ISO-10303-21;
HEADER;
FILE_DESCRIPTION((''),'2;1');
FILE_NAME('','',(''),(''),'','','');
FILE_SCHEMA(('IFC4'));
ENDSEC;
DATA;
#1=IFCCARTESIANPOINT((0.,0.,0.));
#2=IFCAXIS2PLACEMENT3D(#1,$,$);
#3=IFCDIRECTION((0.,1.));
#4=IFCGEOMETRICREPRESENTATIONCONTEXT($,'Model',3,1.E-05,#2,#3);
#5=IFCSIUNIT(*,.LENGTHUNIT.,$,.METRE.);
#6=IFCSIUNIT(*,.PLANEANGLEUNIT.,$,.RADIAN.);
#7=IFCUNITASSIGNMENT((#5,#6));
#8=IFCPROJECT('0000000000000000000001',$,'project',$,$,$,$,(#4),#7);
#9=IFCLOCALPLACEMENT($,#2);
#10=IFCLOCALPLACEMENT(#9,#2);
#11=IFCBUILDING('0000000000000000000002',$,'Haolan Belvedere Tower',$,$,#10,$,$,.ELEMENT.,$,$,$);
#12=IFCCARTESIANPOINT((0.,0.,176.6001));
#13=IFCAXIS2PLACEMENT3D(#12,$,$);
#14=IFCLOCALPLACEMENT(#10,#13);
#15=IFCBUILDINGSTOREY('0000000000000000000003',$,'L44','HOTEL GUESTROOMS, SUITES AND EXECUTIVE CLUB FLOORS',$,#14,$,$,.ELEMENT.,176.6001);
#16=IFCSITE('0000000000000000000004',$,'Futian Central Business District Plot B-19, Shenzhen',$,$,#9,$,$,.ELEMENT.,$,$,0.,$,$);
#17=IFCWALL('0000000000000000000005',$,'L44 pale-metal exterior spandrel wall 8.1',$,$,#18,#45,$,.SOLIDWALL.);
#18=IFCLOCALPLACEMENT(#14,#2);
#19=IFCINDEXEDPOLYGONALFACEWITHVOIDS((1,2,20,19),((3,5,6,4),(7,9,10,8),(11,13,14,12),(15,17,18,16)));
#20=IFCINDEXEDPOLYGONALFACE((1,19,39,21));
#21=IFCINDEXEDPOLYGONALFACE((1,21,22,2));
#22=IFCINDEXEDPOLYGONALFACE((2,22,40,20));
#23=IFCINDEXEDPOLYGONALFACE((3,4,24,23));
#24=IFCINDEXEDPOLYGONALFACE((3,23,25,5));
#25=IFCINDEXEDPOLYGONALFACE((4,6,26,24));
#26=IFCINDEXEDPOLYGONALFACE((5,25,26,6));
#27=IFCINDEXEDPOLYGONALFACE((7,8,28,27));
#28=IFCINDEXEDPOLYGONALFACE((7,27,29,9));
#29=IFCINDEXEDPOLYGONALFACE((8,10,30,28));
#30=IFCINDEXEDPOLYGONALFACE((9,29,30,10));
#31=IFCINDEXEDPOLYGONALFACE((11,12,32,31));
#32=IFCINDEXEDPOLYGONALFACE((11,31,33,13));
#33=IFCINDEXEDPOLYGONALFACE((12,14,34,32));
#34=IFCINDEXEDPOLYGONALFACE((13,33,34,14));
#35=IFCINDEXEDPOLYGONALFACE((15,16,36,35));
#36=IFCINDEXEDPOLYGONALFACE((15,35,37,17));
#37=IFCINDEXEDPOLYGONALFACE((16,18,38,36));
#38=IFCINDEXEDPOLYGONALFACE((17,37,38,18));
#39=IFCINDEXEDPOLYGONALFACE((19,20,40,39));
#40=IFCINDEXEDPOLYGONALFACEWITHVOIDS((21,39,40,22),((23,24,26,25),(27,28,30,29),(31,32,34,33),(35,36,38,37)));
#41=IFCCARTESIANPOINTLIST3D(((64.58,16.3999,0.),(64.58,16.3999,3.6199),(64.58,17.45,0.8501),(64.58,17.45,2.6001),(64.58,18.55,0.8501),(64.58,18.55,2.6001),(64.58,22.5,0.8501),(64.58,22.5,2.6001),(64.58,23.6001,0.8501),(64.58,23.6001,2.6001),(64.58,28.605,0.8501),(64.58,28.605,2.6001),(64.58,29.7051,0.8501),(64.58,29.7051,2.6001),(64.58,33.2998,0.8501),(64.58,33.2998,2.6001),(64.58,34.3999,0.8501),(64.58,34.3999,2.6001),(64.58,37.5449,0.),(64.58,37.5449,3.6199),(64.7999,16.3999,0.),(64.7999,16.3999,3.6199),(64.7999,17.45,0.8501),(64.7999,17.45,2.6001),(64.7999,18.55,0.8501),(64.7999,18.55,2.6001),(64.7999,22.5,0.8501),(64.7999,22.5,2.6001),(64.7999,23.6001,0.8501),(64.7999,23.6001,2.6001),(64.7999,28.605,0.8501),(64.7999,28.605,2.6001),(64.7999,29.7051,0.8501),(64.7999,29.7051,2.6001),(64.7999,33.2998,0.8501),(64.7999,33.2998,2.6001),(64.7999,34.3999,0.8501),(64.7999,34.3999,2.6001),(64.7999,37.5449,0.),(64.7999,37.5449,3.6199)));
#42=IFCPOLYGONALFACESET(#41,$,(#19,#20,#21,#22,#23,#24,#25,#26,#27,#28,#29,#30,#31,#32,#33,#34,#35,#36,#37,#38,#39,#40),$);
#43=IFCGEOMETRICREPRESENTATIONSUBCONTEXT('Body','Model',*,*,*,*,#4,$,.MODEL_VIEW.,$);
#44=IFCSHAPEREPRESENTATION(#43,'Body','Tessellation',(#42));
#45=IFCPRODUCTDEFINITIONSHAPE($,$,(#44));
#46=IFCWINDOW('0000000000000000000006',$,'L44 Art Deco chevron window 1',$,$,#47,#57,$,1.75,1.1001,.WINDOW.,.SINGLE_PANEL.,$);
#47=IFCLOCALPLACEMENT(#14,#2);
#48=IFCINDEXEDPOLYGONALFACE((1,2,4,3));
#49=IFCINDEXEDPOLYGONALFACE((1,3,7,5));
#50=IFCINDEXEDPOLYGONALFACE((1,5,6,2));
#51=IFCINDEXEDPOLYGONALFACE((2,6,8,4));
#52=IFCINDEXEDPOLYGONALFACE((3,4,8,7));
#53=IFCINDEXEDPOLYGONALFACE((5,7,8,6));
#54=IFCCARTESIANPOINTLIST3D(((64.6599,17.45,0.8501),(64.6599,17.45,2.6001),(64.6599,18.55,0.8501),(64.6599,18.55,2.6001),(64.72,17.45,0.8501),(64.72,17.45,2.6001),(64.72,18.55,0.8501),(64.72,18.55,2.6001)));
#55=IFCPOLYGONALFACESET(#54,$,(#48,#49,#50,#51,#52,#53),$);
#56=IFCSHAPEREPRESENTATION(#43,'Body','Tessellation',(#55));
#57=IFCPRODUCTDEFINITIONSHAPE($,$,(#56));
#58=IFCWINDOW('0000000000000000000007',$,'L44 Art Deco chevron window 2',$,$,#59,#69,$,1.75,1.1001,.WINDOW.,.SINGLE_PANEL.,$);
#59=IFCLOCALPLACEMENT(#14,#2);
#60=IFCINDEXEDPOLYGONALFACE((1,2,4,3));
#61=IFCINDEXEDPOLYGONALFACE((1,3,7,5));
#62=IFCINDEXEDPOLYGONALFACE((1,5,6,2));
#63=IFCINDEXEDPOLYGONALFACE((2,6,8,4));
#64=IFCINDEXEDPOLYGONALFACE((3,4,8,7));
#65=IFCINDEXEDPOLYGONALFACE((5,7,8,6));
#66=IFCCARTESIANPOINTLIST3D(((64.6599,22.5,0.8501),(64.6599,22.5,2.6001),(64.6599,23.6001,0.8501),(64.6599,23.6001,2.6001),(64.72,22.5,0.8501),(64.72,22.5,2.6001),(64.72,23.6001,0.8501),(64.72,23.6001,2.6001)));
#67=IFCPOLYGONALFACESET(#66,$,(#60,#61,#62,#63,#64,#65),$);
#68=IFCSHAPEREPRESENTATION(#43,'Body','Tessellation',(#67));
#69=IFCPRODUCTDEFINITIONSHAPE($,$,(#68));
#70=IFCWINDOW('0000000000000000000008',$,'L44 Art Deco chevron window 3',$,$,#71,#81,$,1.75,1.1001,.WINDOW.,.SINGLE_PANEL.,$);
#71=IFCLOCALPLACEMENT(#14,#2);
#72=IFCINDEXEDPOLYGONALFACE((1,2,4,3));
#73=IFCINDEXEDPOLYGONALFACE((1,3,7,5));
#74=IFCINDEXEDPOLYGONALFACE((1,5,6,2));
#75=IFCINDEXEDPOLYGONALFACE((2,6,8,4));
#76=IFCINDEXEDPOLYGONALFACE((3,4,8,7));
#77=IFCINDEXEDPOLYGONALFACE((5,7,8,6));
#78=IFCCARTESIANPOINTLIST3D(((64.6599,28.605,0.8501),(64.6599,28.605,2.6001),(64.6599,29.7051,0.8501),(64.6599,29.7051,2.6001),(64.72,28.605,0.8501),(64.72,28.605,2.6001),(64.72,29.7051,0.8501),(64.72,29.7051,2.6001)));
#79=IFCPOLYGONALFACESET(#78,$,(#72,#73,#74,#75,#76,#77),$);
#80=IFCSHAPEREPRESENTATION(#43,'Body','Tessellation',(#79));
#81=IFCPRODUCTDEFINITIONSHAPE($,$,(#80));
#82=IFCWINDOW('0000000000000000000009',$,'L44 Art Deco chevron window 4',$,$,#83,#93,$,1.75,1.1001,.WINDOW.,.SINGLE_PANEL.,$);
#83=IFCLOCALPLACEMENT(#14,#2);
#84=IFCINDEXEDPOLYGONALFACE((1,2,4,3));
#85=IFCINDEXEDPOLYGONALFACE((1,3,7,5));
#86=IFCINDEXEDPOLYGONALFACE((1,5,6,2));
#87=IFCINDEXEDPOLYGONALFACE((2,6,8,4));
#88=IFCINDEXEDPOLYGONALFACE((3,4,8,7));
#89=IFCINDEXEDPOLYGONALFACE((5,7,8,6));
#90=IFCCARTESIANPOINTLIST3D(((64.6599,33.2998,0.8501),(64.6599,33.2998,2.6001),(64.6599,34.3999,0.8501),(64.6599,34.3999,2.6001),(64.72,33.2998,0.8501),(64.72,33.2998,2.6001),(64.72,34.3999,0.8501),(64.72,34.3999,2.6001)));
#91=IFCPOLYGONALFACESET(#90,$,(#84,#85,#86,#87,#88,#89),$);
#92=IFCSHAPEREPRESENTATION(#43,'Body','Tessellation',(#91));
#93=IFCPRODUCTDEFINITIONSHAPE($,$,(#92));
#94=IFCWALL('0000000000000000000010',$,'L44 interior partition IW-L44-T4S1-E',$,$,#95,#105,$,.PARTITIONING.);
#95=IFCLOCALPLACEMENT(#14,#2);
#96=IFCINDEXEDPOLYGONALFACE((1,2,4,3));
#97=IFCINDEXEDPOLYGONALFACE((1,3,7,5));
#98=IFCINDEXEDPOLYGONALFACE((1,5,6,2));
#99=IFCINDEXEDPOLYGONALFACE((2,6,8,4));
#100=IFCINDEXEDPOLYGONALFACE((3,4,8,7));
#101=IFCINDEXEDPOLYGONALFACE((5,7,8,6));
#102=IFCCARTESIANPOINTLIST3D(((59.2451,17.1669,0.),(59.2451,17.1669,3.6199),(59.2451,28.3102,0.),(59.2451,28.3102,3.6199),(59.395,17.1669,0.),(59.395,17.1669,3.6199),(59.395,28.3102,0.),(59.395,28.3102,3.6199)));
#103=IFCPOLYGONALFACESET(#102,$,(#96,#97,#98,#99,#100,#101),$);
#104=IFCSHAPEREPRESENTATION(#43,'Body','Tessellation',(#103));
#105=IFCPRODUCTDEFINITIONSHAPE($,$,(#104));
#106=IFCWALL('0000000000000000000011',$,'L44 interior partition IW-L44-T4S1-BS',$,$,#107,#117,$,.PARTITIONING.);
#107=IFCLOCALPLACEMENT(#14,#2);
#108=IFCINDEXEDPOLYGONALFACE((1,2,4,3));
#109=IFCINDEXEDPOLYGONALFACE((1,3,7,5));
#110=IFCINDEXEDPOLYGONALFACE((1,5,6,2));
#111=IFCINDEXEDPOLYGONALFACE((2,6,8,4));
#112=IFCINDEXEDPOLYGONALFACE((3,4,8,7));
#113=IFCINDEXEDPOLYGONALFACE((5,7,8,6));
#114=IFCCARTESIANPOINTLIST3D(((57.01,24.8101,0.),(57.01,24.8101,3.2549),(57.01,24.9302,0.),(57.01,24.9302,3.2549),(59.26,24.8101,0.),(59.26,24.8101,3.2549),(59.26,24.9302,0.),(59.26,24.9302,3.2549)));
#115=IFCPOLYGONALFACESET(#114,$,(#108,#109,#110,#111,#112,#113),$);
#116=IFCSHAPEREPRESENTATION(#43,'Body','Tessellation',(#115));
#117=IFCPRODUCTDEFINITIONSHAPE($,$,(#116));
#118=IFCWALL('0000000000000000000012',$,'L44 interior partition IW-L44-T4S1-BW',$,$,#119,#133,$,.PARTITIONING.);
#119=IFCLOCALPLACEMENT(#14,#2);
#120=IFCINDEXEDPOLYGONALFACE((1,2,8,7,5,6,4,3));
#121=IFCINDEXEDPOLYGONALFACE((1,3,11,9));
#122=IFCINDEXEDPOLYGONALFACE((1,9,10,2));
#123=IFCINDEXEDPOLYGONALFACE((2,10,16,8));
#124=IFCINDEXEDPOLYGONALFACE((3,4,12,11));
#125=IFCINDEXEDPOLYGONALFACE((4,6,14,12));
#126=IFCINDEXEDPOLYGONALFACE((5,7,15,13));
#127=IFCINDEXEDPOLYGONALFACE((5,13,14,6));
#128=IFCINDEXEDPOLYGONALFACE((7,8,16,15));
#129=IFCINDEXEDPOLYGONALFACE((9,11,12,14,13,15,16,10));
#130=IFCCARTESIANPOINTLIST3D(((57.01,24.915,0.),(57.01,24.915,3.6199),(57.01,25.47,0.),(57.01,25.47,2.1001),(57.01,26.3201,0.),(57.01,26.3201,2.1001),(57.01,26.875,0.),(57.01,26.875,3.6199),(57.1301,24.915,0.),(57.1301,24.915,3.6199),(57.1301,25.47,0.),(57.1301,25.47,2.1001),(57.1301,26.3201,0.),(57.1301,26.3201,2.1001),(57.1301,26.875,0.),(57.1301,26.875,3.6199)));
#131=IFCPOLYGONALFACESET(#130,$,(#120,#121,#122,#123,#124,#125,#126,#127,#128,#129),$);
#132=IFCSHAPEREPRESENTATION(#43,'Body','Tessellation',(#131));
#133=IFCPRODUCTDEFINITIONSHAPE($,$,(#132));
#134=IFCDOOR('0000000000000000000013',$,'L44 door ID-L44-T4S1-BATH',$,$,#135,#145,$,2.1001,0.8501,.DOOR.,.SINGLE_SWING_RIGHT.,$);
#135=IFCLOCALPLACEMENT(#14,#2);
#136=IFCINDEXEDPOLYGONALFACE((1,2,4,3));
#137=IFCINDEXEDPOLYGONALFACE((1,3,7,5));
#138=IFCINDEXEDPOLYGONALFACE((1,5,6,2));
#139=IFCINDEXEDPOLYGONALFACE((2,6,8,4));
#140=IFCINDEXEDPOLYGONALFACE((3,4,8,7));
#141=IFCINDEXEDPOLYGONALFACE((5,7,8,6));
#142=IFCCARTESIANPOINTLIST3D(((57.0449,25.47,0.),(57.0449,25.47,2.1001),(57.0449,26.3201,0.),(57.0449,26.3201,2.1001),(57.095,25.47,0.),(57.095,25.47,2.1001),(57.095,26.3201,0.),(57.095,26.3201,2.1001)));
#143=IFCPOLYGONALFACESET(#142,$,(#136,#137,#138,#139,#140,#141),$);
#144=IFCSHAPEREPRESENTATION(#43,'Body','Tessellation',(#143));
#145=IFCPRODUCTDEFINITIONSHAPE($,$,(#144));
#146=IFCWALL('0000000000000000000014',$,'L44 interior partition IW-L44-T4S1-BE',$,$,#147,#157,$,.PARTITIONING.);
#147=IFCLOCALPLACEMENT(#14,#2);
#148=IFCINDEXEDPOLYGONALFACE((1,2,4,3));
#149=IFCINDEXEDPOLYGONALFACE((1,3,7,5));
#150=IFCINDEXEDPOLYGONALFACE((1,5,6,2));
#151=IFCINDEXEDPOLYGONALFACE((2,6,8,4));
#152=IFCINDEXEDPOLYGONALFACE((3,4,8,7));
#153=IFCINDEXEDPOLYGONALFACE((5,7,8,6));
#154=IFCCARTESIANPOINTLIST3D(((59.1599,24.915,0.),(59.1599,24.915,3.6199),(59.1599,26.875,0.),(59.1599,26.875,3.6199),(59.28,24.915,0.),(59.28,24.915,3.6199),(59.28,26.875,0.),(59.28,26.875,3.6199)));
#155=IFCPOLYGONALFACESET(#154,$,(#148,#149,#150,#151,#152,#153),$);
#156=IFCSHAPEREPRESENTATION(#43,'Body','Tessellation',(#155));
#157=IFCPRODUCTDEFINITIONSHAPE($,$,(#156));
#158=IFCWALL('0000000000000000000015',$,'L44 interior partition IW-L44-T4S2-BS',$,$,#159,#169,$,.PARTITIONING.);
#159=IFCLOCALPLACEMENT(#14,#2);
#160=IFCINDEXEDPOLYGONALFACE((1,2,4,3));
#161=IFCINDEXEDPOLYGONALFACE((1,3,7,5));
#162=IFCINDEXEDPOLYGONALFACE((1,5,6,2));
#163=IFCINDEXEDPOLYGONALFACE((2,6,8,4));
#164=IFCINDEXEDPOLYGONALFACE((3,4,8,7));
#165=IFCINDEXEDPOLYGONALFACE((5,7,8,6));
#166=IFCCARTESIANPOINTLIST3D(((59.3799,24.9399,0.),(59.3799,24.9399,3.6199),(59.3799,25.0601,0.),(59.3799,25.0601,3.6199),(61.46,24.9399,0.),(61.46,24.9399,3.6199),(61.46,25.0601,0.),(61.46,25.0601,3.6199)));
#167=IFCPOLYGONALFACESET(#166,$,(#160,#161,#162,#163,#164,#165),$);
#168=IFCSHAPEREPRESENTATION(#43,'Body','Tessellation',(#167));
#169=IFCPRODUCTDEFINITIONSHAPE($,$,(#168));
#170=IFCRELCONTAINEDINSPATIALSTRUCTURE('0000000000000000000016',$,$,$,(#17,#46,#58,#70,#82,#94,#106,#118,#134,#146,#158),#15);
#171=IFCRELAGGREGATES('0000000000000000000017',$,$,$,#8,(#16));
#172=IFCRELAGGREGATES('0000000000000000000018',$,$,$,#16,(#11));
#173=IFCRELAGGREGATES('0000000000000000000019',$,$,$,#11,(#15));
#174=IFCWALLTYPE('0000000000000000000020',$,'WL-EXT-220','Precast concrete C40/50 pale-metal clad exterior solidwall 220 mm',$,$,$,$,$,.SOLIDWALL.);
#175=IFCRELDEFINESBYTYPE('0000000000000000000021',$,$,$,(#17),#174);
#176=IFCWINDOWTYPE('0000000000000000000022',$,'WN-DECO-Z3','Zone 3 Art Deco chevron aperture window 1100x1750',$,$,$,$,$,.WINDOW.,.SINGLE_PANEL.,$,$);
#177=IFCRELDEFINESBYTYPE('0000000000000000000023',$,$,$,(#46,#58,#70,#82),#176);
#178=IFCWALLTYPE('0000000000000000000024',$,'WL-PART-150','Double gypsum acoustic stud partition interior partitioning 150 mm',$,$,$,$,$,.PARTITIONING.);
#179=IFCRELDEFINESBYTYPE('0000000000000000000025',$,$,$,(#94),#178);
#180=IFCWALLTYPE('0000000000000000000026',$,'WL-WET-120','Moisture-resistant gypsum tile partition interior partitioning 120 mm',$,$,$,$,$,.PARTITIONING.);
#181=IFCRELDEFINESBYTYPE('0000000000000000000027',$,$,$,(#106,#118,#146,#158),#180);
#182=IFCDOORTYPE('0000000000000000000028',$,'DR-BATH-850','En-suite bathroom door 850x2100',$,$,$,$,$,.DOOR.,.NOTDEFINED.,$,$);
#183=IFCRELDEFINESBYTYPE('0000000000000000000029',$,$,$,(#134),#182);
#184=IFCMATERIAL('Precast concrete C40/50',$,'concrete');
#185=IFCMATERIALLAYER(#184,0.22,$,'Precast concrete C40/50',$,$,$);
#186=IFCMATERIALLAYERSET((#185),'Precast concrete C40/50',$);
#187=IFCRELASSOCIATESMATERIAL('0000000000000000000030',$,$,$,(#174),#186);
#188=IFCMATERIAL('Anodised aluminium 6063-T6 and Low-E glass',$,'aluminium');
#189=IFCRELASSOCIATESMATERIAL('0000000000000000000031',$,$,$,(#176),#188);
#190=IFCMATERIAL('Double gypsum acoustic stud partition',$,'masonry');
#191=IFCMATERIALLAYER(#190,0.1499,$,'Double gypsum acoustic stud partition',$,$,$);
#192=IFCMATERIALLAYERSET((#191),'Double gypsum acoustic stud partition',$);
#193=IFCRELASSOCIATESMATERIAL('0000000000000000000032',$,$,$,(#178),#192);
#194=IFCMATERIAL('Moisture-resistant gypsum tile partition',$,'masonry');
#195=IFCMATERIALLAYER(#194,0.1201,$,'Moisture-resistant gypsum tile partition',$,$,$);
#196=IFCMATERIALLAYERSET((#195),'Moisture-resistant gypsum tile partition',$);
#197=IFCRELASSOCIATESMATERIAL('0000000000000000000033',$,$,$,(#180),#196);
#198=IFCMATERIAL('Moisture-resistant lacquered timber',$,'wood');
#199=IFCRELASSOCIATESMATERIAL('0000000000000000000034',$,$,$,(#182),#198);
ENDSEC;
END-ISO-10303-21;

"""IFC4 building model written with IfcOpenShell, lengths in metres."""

from ifc_helpers import new_model, si_unit, direction, frame, frame_2d, origin, place, context, subcontext, project, spatial, rectangle, extrude, material, layer, layer_set, type_object, element, fill, save


model = new_model("IFC4")

# Units and contexts
model_context = context("Model", 3, precision=1e-05, world=origin(), true_north=direction((0.0, 1.0)))
body_context = subcontext(model_context, "Body", "Model", "MODEL_VIEW")
ifc_project = project(units=[si_unit("LENGTHUNIT", "METRE"), si_unit("PLANEANGLEUNIT", "RADIAN")], contexts=[model_context])

# Site, building, storey
site_placement = place(None, origin())
site = spatial("IfcSite", under=ifc_project, at=site_placement, Name="Futian Central Business District Plot B-19, Shenzhen", CompositionType="ELEMENT", RefElevation=0.0)
building_placement = place(site_placement, origin())
building = spatial("IfcBuilding", under=site, at=building_placement, Name="Haolan Belvedere Tower", CompositionType="ELEMENT")
storey_placement = place(building_placement, frame((0.0, 0.0, 176.6001)))
storey = spatial("IfcBuildingStorey", under=building, at=storey_placement, Name="L44", Description="HOTEL GUESTROOMS, SUITES AND EXECUTIVE CLUB FLOORS", CompositionType="ELEMENT", Elevation=176.6001)

# Shared definitions
ifc_material_1 = material(Name="Precast concrete C40/50", Category="concrete")
ifc_layer_1 = layer(ifc_material_1, 0.22, Name="Precast concrete C40/50")
ifc_layer_set_1 = layer_set([ifc_layer_1], Name="Precast concrete C40/50")
wall_type_1 = type_object("IfcWallType", Name="WL-EXT-220", Description="Precast concrete C40/50 pale-metal clad exterior solidwall 220 mm", PredefinedType="SOLIDWALL", material=ifc_layer_set_1)
ifc_material_2 = material(Name="Anodised aluminium 6063-T6 and Low-E glass", Category="aluminium")
window_type = type_object("IfcWindowType", Name="WN-DECO-Z3", Description="Zone 3 Art Deco chevron aperture window 1100x1750", PartitioningType="SINGLE_PANEL", PredefinedType="WINDOW", material=ifc_material_2)

# Wall, openings, windows
wall_1_placement = place(storey_placement, frame((64.6899, 16.3999, 0.0), z_axis=(0.0, 0.0, 1.0), x_axis=(0.0, 1.0, 0.0)))
wall_1 = element("IfcWall", 1, at=wall_1_placement, inside=storey, type_object=wall_type_1, Name="L44 pale-metal exterior spandrel wall 8.1", PredefinedType="SOLIDWALL", context=body_context, shape_type="SweptSolid", body=[
    extrude(rectangle(XDim=21.145, YDim=0.22, at=frame_2d((10.5725, 0.0))), origin(), (0.0, 0.0, 1.0), 3.6199),
])
opening_1_placement = place(wall_1_placement, frame((1.05, 0.0, 0.8501)))
opening_1 = element("IfcOpeningElement", 2, at=opening_1_placement, cuts=wall_1, PredefinedType="OPENING", context=body_context, shape_type="SweptSolid", body=[
    extrude(rectangle(XDim=1.1001, YDim=1.75, at=frame_2d((0.55, 0.875))), frame((0.0, 0.1199, 0.0), z_axis=(0.0, -1.0, 0.0), x_axis=(1.0, 0.0, 0.0)), (0.0, 0.0, 1.0), 0.24),
])
opening_2_placement = place(wall_1_placement, frame((6.1001, 0.0, 0.8501)))
opening_2 = element("IfcOpeningElement", 3, at=opening_2_placement, cuts=wall_1, PredefinedType="OPENING", context=body_context, shape_type="SweptSolid", body=[
    extrude(rectangle(XDim=1.1001, YDim=1.75, at=frame_2d((0.55, 0.875))), frame((0.0, 0.1199, 0.0), z_axis=(0.0, -1.0, 0.0), x_axis=(1.0, 0.0, 0.0)), (0.0, 0.0, 1.0), 0.24),
])
opening_3_placement = place(wall_1_placement, frame((12.2051, 0.0, 0.8501)))
opening_3 = element("IfcOpeningElement", 4, at=opening_3_placement, cuts=wall_1, PredefinedType="OPENING", context=body_context, shape_type="SweptSolid", body=[
    extrude(rectangle(XDim=1.1001, YDim=1.75, at=frame_2d((0.55, 0.875))), frame((0.0, 0.1199, 0.0), z_axis=(0.0, -1.0, 0.0), x_axis=(1.0, 0.0, 0.0)), (0.0, 0.0, 1.0), 0.24),
])
opening_4_placement = place(wall_1_placement, frame((16.8999, 0.0, 0.8501)))
opening_4 = element("IfcOpeningElement", 5, at=opening_4_placement, cuts=wall_1, PredefinedType="OPENING", context=body_context, shape_type="SweptSolid", body=[
    extrude(rectangle(XDim=1.1001, YDim=1.75, at=frame_2d((0.55, 0.875))), frame((0.0, 0.1199, 0.0), z_axis=(0.0, -1.0, 0.0), x_axis=(1.0, 0.0, 0.0)), (0.0, 0.0, 1.0), 0.24),
])
window_1_placement = place(opening_1_placement, origin())
window_1 = element("IfcWindow", 6, at=window_1_placement, inside=storey, type_object=window_type, Name="L44 Art Deco chevron window 1", OverallHeight=1.75, OverallWidth=1.1001, PartitioningType="SINGLE_PANEL", PredefinedType="WINDOW", context=body_context, shape_type="SweptSolid", body=[
    extrude(rectangle(XDim=1.1001, YDim=1.75, at=frame_2d((0.55, 0.875))), frame((0.0, 0.03, 0.0), z_axis=(0.0, -1.0, 0.0), x_axis=(1.0, 0.0, 0.0)), (0.0, 0.0, 1.0), 0.0601),
])
fill(opening_1, window_1)
window_2_placement = place(opening_2_placement, origin())
window_2 = element("IfcWindow", 7, at=window_2_placement, inside=storey, type_object=window_type, Name="L44 Art Deco chevron window 2", OverallHeight=1.75, OverallWidth=1.1001, PartitioningType="SINGLE_PANEL", PredefinedType="WINDOW", context=body_context, shape_type="SweptSolid", body=[
    extrude(rectangle(XDim=1.1001, YDim=1.75, at=frame_2d((0.55, 0.875))), frame((0.0, 0.03, 0.0), z_axis=(0.0, -1.0, 0.0), x_axis=(1.0, 0.0, 0.0)), (0.0, 0.0, 1.0), 0.0601),
])
fill(opening_2, window_2)
window_3_placement = place(opening_3_placement, origin())
window_3 = element("IfcWindow", 8, at=window_3_placement, inside=storey, type_object=window_type, Name="L44 Art Deco chevron window 3", OverallHeight=1.75, OverallWidth=1.1001, PartitioningType="SINGLE_PANEL", PredefinedType="WINDOW", context=body_context, shape_type="SweptSolid", body=[
    extrude(rectangle(XDim=1.1001, YDim=1.75, at=frame_2d((0.55, 0.875))), frame((0.0, 0.03, 0.0), z_axis=(0.0, -1.0, 0.0), x_axis=(1.0, 0.0, 0.0)), (0.0, 0.0, 1.0), 0.0601),
])
fill(opening_3, window_3)
window_4_placement = place(opening_4_placement, origin())
window_4 = element("IfcWindow", 9, at=window_4_placement, inside=storey, type_object=window_type, Name="L44 Art Deco chevron window 4", OverallHeight=1.75, OverallWidth=1.1001, PartitioningType="SINGLE_PANEL", PredefinedType="WINDOW", context=body_context, shape_type="SweptSolid", body=[
    extrude(rectangle(XDim=1.1001, YDim=1.75, at=frame_2d((0.55, 0.875))), frame((0.0, 0.03, 0.0), z_axis=(0.0, -1.0, 0.0), x_axis=(1.0, 0.0, 0.0)), (0.0, 0.0, 1.0), 0.0601),
])
fill(opening_4, window_4)

# Walls
ifc_material_3 = material(Name="Double gypsum acoustic stud partition", Category="masonry")
ifc_layer_2 = layer(ifc_material_3, 0.1499, Name="Double gypsum acoustic stud partition")
ifc_layer_set_2 = layer_set([ifc_layer_2], Name="Double gypsum acoustic stud partition")
wall_type_2 = type_object("IfcWallType", Name="WL-PART-150", Description="Double gypsum acoustic stud partition interior partitioning 150 mm", PredefinedType="PARTITIONING", material=ifc_layer_set_2)
wall_2_placement = place(storey_placement, frame((59.3201, 17.1667, 0.0), z_axis=(0.0, 0.0, 1.0), x_axis=(0.0, 1.0, 0.0)))
element("IfcWall", 10, at=wall_2_placement, inside=storey, type_object=wall_type_2, Name="L44 interior partition IW-L44-T4S1-E", PredefinedType="PARTITIONING", context=body_context, shape_type="SweptSolid", body=[
    extrude(rectangle(XDim=11.1433, YDim=0.1499, at=frame_2d((5.5718, 0.0))), origin(), (0.0, 0.0, 1.0), 3.6199),
])
ifc_material_4 = material(Name="Moisture-resistant gypsum tile partition", Category="masonry")
ifc_layer_3 = layer(ifc_material_4, 0.1201, Name="Moisture-resistant gypsum tile partition")
ifc_layer_set_3 = layer_set([ifc_layer_3], Name="Moisture-resistant gypsum tile partition")
wall_type_3 = type_object("IfcWallType", Name="WL-WET-120", Description="Moisture-resistant gypsum tile partition interior partitioning 120 mm", PredefinedType="PARTITIONING", material=ifc_layer_set_3)
wall_3_placement = place(storey_placement, frame((57.01, 24.8701, 0.0), z_axis=(0.0, 0.0, 1.0), x_axis=(1.0, 0.0, 0.0)))
element("IfcWall", 11, at=wall_3_placement, inside=storey, type_object=wall_type_3, Name="L44 interior partition IW-L44-T4S1-BS", PredefinedType="PARTITIONING", context=body_context, shape_type="SweptSolid", body=[
    extrude(rectangle(XDim=2.25, YDim=0.1201, at=frame_2d((1.125, 0.0))), origin(), (0.0, 0.0, 1.0), 3.2549),
])

# Wall, opening, door
wall_4_placement = place(storey_placement, frame((57.0701, 24.915, 0.0), z_axis=(0.0, 0.0, 1.0), x_axis=(0.0, 1.0, 0.0)))
wall_4 = element("IfcWall", 12, at=wall_4_placement, inside=storey, type_object=wall_type_3, Name="L44 interior partition IW-L44-T4S1-BW", PredefinedType="PARTITIONING", context=body_context, shape_type="SweptSolid", body=[
    extrude(rectangle(XDim=1.96, YDim=0.1201, at=frame_2d((0.98, 0.0))), origin(), (0.0, 0.0, 1.0), 3.6199),
])
opening_5_placement = place(wall_4_placement, frame((1.405, 0.0, 0.0), z_axis=(0.0, 0.0, 1.0), x_axis=(-1.0, 0.0, 0.0)))
opening_5 = element("IfcOpeningElement", 13, at=opening_5_placement, cuts=wall_4, PredefinedType="OPENING", context=body_context, shape_type="SweptSolid", body=[
    extrude(rectangle(XDim=0.8501, YDim=2.1001, at=frame_2d((0.425, 1.05))), frame((0.0, 0.0701, 0.0), z_axis=(0.0, -1.0, 0.0), x_axis=(1.0, 0.0, 0.0)), (0.0, 0.0, 1.0), 0.1401),
])
ifc_material_5 = material(Name="Moisture-resistant lacquered timber", Category="wood")
door_type = type_object("IfcDoorType", Name="DR-BATH-850", Description="En-suite bathroom door 850x2100", OperationType="NOTDEFINED", PredefinedType="DOOR", material=ifc_material_5)
door_placement = place(opening_5_placement, origin())
door = element("IfcDoor", 14, at=door_placement, inside=storey, type_object=door_type, Name="L44 door ID-L44-T4S1-BATH", OperationType="SINGLE_SWING_RIGHT", OverallHeight=2.1001, OverallWidth=0.8501, PredefinedType="DOOR", context=body_context, shape_type="SweptSolid", body=[
    extrude(rectangle(XDim=0.8501, YDim=2.1001, at=frame_2d((0.425, 1.05))), frame((0.0, 0.0249, 0.0), z_axis=(0.0, -1.0, 0.0), x_axis=(1.0, 0.0, 0.0)), (0.0, 0.0, 1.0), 0.05),
])
fill(opening_5, door)

# Walls
wall_5_placement = place(storey_placement, frame((59.22, 24.915, 0.0), z_axis=(0.0, 0.0, 1.0), x_axis=(0.0, 1.0, 0.0)))
element("IfcWall", 15, at=wall_5_placement, inside=storey, type_object=wall_type_3, Name="L44 interior partition IW-L44-T4S1-BE", PredefinedType="PARTITIONING", context=body_context, shape_type="SweptSolid", body=[
    extrude(rectangle(XDim=1.96, YDim=0.1201, at=frame_2d((0.98, 0.0))), origin(), (0.0, 0.0, 1.0), 3.6199),
])
wall_6_placement = place(storey_placement, frame((59.3799, 25.0, 0.0), z_axis=(0.0, 0.0, 1.0), x_axis=(1.0, 0.0, 0.0)))
element("IfcWall", 16, at=wall_6_placement, inside=storey, type_object=wall_type_3, Name="L44 interior partition IW-L44-T4S2-BS", PredefinedType="PARTITIONING", context=body_context, shape_type="SweptSolid", body=[
    extrude(rectangle(XDim=2.0801, YDim=0.1201, at=frame_2d((1.04, 0.0))), origin(), (0.0, 0.0, 1.0), 3.6199),
])

save(model, "model.ifc")
